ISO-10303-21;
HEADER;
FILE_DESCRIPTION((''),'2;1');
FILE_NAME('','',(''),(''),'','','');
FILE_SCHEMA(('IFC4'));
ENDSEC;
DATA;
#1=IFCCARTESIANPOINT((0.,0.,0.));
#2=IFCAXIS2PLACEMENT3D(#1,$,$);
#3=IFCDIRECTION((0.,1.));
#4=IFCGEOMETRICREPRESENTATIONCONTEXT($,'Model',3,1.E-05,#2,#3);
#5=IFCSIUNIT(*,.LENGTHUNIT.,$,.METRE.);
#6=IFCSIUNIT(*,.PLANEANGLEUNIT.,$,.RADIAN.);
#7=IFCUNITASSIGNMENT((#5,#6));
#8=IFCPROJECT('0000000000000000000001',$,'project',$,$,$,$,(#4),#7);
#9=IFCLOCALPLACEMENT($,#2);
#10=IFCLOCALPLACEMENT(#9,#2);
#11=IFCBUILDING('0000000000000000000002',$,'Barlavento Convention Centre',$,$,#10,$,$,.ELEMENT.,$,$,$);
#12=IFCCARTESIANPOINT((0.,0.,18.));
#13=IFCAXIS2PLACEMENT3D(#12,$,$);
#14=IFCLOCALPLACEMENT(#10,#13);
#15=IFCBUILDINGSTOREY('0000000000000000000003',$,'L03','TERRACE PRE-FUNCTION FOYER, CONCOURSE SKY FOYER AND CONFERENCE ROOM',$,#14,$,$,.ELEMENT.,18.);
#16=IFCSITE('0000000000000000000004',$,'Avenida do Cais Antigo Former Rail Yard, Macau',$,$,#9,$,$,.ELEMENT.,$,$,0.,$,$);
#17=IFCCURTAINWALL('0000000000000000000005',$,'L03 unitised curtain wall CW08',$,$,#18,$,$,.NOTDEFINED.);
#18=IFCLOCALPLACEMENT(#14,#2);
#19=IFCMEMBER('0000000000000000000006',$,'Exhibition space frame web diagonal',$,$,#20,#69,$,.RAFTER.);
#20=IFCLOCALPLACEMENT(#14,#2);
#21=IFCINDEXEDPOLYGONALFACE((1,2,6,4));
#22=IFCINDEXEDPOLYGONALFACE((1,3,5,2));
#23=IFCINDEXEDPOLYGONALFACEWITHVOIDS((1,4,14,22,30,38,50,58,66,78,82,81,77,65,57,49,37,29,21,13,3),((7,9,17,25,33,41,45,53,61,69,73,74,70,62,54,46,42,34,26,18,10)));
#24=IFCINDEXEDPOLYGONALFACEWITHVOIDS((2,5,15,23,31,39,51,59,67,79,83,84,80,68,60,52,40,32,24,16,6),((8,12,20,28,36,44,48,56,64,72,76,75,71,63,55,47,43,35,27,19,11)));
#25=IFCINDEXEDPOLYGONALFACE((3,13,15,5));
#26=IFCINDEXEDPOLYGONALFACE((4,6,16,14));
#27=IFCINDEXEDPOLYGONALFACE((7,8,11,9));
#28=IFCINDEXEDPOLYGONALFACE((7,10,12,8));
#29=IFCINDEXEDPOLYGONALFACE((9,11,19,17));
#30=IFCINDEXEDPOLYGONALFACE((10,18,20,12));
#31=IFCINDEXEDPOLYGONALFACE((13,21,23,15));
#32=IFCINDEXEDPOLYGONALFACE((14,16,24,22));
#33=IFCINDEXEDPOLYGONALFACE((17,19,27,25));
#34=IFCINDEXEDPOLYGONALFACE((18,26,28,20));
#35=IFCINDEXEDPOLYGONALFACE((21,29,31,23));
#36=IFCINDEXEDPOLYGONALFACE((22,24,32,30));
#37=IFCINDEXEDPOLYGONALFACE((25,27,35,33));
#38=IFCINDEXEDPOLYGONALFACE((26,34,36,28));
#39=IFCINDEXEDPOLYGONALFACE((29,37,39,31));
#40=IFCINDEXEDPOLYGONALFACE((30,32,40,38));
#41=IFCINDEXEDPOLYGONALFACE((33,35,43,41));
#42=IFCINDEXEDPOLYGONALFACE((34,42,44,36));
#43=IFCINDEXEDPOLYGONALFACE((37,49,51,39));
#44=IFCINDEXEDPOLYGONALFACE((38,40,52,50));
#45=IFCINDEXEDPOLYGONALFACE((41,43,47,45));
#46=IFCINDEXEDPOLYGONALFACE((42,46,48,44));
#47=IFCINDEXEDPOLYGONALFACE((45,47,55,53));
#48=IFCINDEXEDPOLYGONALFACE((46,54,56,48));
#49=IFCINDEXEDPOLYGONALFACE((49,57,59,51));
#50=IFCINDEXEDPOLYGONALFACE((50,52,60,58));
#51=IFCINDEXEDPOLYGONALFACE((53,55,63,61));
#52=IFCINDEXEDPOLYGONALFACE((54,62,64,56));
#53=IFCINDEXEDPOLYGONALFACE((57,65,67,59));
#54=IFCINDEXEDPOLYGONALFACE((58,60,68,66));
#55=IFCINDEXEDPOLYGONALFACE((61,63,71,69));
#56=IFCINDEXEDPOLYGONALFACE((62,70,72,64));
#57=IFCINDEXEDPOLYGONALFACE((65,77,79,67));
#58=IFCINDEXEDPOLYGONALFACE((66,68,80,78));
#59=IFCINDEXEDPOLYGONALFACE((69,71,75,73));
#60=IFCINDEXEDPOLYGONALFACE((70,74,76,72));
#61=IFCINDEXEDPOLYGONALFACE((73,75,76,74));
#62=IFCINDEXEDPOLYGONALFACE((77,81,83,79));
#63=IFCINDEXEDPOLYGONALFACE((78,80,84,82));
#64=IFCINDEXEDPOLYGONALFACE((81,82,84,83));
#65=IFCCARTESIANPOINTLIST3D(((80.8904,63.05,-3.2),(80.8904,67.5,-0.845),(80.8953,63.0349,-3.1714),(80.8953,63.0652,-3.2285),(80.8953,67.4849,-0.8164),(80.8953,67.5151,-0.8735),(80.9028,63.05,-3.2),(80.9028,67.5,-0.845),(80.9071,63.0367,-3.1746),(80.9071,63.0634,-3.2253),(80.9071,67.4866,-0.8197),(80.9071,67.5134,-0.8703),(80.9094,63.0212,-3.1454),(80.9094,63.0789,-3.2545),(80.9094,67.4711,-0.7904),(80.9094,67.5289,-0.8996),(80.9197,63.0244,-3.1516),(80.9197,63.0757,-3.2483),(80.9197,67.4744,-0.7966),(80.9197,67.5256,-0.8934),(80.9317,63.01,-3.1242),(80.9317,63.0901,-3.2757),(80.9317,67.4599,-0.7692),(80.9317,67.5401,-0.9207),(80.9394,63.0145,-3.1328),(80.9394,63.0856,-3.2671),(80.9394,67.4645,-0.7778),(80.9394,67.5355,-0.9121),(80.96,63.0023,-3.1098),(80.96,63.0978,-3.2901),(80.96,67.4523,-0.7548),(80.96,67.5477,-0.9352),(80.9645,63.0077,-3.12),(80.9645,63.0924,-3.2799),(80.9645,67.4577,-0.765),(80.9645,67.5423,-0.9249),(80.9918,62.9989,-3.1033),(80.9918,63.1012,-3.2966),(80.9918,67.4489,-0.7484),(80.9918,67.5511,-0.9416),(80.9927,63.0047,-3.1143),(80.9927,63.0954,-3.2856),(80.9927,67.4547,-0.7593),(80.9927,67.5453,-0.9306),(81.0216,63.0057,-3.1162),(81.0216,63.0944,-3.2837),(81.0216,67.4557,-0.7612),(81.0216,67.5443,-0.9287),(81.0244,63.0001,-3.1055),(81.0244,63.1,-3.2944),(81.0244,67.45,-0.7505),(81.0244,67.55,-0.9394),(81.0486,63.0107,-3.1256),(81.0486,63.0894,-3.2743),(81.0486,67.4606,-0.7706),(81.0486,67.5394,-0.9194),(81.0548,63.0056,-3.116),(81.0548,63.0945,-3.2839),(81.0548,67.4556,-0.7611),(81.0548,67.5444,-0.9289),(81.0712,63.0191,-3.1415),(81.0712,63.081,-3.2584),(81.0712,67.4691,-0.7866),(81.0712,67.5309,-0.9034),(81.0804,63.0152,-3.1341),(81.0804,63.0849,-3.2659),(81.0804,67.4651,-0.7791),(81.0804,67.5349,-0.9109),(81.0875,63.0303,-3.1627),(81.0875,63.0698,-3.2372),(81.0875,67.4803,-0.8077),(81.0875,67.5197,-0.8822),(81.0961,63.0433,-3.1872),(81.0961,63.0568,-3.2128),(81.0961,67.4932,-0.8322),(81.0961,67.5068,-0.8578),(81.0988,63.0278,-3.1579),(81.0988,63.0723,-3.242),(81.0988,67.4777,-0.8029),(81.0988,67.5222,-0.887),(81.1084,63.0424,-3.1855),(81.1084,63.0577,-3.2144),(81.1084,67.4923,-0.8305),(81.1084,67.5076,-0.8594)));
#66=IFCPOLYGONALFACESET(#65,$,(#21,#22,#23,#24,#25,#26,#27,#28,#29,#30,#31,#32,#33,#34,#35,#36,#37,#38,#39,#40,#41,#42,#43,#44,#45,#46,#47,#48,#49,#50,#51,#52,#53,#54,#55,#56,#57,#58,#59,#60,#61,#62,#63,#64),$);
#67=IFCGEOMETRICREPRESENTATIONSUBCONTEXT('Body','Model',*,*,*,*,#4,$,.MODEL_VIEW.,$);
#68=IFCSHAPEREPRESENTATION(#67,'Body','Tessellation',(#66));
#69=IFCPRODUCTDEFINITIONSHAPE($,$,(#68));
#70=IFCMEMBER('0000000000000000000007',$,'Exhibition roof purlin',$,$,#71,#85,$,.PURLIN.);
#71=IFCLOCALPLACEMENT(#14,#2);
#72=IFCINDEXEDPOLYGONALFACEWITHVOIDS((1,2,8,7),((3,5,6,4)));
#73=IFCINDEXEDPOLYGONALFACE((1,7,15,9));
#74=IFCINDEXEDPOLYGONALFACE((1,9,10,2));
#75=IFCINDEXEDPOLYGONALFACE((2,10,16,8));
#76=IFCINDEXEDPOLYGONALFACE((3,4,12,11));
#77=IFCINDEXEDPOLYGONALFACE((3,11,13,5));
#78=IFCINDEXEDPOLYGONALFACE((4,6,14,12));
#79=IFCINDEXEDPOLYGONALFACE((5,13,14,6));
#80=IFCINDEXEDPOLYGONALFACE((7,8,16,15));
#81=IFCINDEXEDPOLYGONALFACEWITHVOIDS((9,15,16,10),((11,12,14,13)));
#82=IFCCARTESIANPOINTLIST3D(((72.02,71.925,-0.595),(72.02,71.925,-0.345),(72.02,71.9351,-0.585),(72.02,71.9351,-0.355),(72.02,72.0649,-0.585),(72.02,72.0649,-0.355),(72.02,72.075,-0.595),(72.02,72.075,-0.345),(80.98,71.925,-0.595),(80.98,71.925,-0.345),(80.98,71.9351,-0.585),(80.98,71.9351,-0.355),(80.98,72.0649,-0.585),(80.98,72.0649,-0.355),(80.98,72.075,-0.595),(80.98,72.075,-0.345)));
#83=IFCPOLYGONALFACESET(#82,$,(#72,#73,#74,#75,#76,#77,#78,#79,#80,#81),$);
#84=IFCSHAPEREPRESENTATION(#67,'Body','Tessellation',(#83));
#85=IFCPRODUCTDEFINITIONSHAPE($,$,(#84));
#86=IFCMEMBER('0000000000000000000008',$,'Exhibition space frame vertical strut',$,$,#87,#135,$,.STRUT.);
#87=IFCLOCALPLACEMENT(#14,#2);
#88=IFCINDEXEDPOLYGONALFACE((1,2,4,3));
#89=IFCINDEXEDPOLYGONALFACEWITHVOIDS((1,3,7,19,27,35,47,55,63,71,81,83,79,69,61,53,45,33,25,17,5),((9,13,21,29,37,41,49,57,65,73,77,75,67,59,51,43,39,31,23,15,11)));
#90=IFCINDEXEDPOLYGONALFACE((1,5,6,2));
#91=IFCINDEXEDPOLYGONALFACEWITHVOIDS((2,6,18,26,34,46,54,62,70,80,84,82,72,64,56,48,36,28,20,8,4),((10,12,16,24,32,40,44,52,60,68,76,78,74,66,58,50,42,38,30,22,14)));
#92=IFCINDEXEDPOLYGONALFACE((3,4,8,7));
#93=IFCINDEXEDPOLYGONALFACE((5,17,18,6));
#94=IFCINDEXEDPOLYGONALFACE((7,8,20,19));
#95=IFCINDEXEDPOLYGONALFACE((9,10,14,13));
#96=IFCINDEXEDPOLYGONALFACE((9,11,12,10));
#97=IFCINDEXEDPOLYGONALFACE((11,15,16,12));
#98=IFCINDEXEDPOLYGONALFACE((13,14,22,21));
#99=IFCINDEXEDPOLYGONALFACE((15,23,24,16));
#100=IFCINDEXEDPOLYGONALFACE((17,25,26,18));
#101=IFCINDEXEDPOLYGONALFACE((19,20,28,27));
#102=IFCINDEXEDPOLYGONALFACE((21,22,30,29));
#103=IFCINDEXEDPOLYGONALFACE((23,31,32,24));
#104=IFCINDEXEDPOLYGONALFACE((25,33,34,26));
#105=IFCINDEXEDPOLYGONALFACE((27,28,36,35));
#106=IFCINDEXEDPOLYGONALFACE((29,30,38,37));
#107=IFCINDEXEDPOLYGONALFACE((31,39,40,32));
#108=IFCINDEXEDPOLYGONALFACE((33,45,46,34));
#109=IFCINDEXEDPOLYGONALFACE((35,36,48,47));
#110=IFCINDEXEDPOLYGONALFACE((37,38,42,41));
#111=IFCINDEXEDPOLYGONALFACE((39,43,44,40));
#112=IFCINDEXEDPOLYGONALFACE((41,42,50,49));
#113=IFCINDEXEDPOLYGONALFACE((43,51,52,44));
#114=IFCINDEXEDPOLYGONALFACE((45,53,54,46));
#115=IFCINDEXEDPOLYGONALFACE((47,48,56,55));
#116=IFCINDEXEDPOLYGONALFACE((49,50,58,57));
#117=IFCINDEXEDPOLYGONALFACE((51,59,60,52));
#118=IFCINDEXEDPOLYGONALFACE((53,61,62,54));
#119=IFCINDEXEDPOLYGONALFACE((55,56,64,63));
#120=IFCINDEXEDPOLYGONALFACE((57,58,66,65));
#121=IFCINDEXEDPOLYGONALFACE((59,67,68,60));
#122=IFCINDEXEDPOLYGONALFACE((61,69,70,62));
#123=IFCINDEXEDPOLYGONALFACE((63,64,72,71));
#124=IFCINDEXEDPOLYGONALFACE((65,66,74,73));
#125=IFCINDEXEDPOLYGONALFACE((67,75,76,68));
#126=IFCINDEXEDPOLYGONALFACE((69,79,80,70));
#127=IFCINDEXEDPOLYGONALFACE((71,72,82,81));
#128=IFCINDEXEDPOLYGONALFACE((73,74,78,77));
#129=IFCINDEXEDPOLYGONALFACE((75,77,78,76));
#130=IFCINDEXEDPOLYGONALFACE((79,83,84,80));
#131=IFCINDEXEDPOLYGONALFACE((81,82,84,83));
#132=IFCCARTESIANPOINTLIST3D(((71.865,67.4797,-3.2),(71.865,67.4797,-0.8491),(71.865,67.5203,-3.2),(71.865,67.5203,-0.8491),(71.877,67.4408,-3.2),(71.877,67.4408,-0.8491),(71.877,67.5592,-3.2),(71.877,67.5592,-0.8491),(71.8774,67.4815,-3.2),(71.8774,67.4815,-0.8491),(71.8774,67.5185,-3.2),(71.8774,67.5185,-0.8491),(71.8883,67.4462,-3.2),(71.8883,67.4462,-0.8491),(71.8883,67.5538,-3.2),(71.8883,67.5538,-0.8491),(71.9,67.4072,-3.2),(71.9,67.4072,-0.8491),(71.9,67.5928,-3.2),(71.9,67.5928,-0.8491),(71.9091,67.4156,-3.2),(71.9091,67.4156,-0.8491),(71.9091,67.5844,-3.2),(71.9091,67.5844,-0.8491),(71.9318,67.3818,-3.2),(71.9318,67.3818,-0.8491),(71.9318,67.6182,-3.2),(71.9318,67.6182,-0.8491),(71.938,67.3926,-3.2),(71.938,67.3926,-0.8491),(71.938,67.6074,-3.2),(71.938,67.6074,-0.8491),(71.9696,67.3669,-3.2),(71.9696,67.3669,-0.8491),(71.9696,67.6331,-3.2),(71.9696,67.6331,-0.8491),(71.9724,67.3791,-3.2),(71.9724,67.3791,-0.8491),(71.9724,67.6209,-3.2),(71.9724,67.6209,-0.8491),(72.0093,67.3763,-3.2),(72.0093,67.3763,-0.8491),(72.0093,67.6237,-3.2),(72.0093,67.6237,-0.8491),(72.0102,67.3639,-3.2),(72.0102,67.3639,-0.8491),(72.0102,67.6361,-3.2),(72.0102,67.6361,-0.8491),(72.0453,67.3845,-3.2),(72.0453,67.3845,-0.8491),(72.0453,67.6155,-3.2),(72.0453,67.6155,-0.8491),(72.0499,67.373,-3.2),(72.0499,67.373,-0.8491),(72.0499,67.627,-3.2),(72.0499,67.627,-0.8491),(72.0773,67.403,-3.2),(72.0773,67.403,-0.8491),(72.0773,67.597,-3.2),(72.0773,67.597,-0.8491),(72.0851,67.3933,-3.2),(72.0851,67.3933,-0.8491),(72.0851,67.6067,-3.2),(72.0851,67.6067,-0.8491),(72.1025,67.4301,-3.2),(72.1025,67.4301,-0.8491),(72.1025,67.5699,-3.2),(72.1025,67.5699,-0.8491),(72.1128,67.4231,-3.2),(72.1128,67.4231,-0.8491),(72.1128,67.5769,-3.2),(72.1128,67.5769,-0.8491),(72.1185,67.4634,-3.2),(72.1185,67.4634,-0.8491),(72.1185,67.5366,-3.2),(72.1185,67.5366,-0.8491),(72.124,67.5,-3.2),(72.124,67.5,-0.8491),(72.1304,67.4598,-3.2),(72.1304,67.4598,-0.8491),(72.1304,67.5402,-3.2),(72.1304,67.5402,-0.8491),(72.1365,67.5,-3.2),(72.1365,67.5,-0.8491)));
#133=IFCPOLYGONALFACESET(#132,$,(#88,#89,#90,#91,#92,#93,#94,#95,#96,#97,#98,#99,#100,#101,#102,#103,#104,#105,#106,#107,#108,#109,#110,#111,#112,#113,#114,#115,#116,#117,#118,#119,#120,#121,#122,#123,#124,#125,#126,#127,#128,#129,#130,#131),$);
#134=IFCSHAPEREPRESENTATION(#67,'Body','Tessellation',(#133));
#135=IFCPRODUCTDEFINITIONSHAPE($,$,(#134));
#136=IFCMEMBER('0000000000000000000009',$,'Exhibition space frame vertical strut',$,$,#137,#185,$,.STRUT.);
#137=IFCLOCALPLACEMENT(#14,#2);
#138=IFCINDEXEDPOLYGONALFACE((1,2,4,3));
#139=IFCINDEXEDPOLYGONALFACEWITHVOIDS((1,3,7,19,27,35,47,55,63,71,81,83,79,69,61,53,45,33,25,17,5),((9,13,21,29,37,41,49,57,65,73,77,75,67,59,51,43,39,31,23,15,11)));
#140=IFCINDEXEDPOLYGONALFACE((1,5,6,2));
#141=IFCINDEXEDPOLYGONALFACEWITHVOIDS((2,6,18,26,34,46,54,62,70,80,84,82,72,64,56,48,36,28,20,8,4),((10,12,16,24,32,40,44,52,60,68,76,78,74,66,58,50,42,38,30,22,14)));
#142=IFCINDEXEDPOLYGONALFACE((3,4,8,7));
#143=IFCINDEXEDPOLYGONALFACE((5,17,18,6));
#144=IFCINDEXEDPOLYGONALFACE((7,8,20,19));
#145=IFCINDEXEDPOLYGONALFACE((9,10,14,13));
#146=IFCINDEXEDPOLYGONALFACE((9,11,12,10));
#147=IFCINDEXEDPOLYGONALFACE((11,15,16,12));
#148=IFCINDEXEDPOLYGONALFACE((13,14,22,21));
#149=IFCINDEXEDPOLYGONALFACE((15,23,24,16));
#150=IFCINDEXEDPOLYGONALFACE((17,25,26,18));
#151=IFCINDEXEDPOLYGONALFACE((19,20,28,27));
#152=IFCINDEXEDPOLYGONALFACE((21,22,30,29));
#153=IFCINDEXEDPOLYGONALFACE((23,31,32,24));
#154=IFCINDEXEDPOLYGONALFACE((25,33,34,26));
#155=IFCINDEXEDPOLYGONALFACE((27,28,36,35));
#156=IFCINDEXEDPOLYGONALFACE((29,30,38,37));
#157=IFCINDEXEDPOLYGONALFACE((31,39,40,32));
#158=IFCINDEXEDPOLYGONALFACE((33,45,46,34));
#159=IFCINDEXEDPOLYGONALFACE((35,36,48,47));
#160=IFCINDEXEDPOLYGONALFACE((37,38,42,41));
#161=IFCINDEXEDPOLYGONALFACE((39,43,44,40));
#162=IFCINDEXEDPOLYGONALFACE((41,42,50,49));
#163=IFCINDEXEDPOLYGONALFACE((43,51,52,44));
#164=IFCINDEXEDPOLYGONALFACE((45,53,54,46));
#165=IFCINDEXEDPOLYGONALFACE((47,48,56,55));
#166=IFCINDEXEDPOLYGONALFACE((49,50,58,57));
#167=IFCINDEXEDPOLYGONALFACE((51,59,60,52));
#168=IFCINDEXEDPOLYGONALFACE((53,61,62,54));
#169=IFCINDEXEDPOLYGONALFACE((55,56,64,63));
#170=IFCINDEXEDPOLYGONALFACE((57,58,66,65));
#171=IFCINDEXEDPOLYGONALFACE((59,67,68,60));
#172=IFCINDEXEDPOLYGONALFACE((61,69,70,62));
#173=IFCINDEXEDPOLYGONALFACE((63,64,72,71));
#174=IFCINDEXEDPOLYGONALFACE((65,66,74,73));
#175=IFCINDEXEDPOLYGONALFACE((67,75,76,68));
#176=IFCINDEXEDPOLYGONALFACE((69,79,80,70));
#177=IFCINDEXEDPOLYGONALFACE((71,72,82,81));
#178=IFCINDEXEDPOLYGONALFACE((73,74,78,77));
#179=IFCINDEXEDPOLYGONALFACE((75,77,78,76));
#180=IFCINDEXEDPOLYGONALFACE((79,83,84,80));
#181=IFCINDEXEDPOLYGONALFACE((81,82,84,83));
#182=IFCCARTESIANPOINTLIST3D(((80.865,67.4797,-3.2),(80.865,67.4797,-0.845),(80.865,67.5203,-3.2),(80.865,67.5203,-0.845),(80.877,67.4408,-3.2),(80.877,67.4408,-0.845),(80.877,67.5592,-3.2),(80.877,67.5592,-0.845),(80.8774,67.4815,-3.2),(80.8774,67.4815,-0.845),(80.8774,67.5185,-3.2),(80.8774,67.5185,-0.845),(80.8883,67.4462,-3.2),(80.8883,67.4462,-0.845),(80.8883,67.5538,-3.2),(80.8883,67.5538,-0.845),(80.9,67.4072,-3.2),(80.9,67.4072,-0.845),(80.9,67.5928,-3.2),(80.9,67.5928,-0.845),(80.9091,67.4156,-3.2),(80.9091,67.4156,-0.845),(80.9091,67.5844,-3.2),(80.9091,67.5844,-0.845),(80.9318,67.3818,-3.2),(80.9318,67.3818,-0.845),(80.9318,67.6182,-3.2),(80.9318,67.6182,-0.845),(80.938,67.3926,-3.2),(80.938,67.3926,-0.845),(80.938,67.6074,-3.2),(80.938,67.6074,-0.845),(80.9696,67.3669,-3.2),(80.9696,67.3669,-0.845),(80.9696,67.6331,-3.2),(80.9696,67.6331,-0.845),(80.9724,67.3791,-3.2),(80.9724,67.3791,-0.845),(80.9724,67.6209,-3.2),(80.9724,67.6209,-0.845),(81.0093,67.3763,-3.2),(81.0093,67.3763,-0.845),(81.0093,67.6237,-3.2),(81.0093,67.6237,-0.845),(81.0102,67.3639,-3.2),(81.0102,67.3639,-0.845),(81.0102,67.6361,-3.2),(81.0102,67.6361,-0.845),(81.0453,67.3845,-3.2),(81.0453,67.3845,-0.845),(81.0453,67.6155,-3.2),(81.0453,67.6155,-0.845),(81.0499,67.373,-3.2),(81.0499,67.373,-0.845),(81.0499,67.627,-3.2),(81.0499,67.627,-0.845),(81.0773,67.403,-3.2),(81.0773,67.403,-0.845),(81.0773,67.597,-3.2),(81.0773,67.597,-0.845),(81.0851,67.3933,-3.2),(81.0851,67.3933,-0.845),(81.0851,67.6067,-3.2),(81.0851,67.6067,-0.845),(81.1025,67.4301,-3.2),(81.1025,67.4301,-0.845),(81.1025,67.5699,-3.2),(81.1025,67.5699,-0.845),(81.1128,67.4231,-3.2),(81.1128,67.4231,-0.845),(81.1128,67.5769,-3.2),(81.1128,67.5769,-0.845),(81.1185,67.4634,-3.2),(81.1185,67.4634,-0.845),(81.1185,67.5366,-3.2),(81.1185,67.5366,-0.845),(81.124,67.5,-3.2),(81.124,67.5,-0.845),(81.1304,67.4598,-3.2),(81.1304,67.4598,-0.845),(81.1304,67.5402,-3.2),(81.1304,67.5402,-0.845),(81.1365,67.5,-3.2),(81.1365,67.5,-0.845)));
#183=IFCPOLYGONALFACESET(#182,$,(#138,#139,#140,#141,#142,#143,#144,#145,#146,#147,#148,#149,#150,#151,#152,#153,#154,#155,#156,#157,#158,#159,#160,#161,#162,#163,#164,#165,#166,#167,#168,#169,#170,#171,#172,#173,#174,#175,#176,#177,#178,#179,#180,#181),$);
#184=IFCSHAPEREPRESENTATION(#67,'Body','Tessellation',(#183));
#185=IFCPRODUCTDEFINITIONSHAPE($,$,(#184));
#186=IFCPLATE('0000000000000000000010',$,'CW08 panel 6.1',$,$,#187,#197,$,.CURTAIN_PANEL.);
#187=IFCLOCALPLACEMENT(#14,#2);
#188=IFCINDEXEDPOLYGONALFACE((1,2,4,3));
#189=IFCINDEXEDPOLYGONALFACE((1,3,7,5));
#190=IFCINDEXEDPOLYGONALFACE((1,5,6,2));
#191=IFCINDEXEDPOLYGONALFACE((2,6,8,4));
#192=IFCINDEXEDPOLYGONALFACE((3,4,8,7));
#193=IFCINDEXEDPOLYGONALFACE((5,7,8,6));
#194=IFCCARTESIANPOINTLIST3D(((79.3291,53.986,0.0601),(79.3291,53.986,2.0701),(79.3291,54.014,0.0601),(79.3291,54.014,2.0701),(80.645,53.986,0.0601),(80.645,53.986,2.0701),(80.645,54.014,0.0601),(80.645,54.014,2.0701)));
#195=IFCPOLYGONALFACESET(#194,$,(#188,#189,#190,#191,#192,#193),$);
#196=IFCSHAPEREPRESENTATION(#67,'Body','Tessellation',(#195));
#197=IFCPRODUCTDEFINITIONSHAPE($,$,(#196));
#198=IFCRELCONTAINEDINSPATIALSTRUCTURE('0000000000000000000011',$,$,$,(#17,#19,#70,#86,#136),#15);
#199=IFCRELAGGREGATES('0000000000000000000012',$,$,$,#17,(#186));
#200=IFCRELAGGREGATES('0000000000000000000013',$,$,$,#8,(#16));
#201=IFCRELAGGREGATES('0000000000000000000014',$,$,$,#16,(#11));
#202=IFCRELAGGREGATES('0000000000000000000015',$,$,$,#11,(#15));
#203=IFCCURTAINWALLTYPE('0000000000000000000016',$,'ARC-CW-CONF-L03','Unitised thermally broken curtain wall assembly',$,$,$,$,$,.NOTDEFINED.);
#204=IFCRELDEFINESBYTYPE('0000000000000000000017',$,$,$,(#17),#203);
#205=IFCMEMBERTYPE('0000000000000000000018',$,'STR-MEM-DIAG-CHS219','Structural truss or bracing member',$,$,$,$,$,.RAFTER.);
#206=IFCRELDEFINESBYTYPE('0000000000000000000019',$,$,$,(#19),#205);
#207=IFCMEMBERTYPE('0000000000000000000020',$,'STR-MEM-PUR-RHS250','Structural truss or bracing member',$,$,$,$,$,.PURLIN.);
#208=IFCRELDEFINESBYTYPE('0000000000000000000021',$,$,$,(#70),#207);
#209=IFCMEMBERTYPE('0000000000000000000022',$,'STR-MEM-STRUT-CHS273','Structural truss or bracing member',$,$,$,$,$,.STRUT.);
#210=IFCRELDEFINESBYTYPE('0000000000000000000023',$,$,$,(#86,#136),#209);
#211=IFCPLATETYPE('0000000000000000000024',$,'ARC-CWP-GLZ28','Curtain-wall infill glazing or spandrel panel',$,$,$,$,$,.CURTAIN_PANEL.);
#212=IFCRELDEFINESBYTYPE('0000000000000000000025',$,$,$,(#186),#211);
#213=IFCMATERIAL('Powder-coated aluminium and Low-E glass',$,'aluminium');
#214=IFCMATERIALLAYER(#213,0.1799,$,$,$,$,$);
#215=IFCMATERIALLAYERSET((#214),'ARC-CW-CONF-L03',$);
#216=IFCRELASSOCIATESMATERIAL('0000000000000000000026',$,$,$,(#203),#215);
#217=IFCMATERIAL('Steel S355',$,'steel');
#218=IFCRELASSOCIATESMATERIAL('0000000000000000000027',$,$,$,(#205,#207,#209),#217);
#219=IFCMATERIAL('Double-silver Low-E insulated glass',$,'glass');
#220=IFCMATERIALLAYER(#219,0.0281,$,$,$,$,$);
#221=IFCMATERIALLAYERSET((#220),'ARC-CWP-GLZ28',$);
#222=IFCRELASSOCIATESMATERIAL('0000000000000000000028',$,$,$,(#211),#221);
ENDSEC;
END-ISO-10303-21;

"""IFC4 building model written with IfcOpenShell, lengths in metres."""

from ifc_helpers import new_model, si_unit, direction, frame, origin, origin_2d, place, context, subcontext, project, spatial, rectangle, hollow_rectangle, hollow_circle, extrude, material, layer, layer_set, material_profile, profile_set, type_object, element, aggregate, save


model = new_model("IFC4")

# Units and contexts
model_context = context("Model", 3, precision=1e-05, world=origin(), true_north=direction((0.0, 1.0)))
body_context = subcontext(model_context, "Body", "Model", "MODEL_VIEW")
ifc_project = project(units=[si_unit("LENGTHUNIT", "METRE"), si_unit("PLANEANGLEUNIT", "RADIAN")], contexts=[model_context])

# Site, building, storey
site_placement = place(None, origin())
site = spatial("IfcSite", under=ifc_project, at=site_placement, Name="Avenida do Cais Antigo Former Rail Yard, Macau", CompositionType="ELEMENT", RefElevation=0.0)
building_placement = place(site_placement, origin())
building = spatial("IfcBuilding", under=site, at=building_placement, Name="Barlavento Convention Centre", CompositionType="ELEMENT")
storey_placement = place(building_placement, frame((0.0, 0.0, 18.0)))
storey = spatial("IfcBuildingStorey", under=building, at=storey_placement, Name="L03", Description="TERRACE PRE-FUNCTION FOYER, CONCOURSE SKY FOYER AND CONFERENCE ROOM", CompositionType="ELEMENT", Elevation=18.0)

# Shared definitions
ifc_material_1 = material(Name="Steel S355", Category="steel")

# Curtain wall
ifc_material_2 = material(Name="Powder-coated aluminium and Low-E glass", Category="aluminium")
ifc_layer_1 = layer(ifc_material_2, 0.1799)
ifc_layer_set_1 = layer_set([ifc_layer_1], Name="ARC-CW-CONF-L03")
curtain_wall_type = type_object("IfcCurtainWallType", Name="ARC-CW-CONF-L03", Description="Unitised thermally broken curtain wall assembly", PredefinedType="NOTDEFINED", material=ifc_layer_set_1)
curtain_wall_placement = place(storey_placement, origin())
curtain_wall = element("IfcCurtainWall", 1, at=curtain_wall_placement, inside=storey, type_object=curtain_wall_type, Name="L03 unitised curtain wall CW08", PredefinedType="NOTDEFINED")

# Members
ifc_material_profile_1 = material_profile(ifc_material_1, hollow_circle(Radius=0.1096, WallThickness=0.0125, at=origin_2d()), Name="CHS 219.1x12.5")
ifc_profile_set_1 = profile_set([ifc_material_profile_1], Name="Steel S355")
member_type_1 = type_object("IfcMemberType", Name="STR-MEM-DIAG-CHS219", Description="Structural truss or bracing member", PredefinedType="RAFTER", material=ifc_profile_set_1)
member_1_placement = place(storey_placement, frame((81.0, 63.05, -3.2), z_axis=(0.0, 0.88386, 0.467752), x_axis=(-1.0, 0.0, 0.0)))
element("IfcMember", 2, at=member_1_placement, inside=storey, type_object=member_type_1, Name="Exhibition space frame web diagonal", PredefinedType="RAFTER", context=body_context, shape_type="SweptSolid", body=[
    extrude(hollow_circle(Radius=0.1096, WallThickness=0.0125, at=origin_2d()), origin(), (0.0, 0.0, 1.0), 5.0347),
])
ifc_material_profile_2 = material_profile(ifc_material_1, hollow_rectangle(XDim=0.1499, YDim=0.25, WallThickness=0.01, at=origin_2d()), Name="RHS 250x150x10.0")
ifc_profile_set_2 = profile_set([ifc_material_profile_2], Name="Steel S355")
member_type_2 = type_object("IfcMemberType", Name="STR-MEM-PUR-RHS250", Description="Structural truss or bracing member", PredefinedType="PURLIN", material=ifc_profile_set_2)
member_2_placement = place(storey_placement, frame((72.02, 72.0, -0.47), z_axis=(1.0, 0.0, 0.0), x_axis=(0.0, 1.0, 0.0)))
element("IfcMember", 3, at=member_2_placement, inside=storey, type_object=member_type_2, Name="Exhibition roof purlin", PredefinedType="PURLIN", context=body_context, shape_type="SweptSolid", body=[
    extrude(hollow_rectangle(XDim=0.1499, YDim=0.25, WallThickness=0.01, at=origin_2d()), origin(), (0.0, 0.0, 1.0), 8.96),
])
ifc_material_profile_3 = material_profile(ifc_material_1, hollow_circle(Radius=0.1365, WallThickness=0.0125, at=origin_2d()), Name="CHS 273.0x12.5")
ifc_profile_set_3 = profile_set([ifc_material_profile_3], Name="Steel S355")
member_type_3 = type_object("IfcMemberType", Name="STR-MEM-STRUT-CHS273", Description="Structural truss or bracing member", PredefinedType="STRUT", material=ifc_profile_set_3)
member_3_placement = place(storey_placement, frame((72.0, 67.5, -3.2), z_axis=(0.0, 0.0, 1.0), x_axis=(1.0, 0.0, 0.0)))
element("IfcMember", 4, at=member_3_placement, inside=storey, type_object=member_type_3, Name="Exhibition space frame vertical strut", PredefinedType="STRUT", context=body_context, shape_type="SweptSolid", body=[
    extrude(hollow_circle(Radius=0.1365, WallThickness=0.0125, at=origin_2d()), origin(), (0.0, 0.0, 1.0), 2.3508),
])
member_4_placement = place(storey_placement, frame((81.0, 67.5, -3.2), z_axis=(0.0, 0.0, 1.0), x_axis=(1.0, 0.0, 0.0)))
element("IfcMember", 5, at=member_4_placement, inside=storey, type_object=member_type_3, Name="Exhibition space frame vertical strut", PredefinedType="STRUT", context=body_context, shape_type="SweptSolid", body=[
    extrude(hollow_circle(Radius=0.1365, WallThickness=0.0125, at=origin_2d()), origin(), (0.0, 0.0, 1.0), 2.355),
])

# Plate
ifc_material_3 = material(Name="Double-silver Low-E insulated glass", Category="glass")
ifc_layer_2 = layer(ifc_material_3, 0.0281)
ifc_layer_set_2 = layer_set([ifc_layer_2], Name="ARC-CWP-GLZ28")
plate_type_1 = type_object("IfcPlateType", Name="ARC-CWP-GLZ28", Description="Curtain-wall infill glazing or spandrel panel", PredefinedType="CURTAIN_PANEL", material=ifc_layer_set_2)
plate_1_placement = place(storey_placement, frame((79.9871, 54.0, 0.0601), z_axis=(0.0, 0.0, 1.0), x_axis=(1.0, 0.0, 0.0)))
plate_1 = element("IfcPlate", 6, at=plate_1_placement, type_object=plate_type_1, Name="CW08 panel 6.1", PredefinedType="CURTAIN_PANEL", context=body_context, shape_type="SweptSolid", body=[
    extrude(rectangle(XDim=1.3159, YDim=0.0281, at=origin_2d()), origin(), (0.0, 0.0, 1.0), 2.01),
])
aggregate(curtain_wall, [plate_1])

save(model, "model.ifc")
